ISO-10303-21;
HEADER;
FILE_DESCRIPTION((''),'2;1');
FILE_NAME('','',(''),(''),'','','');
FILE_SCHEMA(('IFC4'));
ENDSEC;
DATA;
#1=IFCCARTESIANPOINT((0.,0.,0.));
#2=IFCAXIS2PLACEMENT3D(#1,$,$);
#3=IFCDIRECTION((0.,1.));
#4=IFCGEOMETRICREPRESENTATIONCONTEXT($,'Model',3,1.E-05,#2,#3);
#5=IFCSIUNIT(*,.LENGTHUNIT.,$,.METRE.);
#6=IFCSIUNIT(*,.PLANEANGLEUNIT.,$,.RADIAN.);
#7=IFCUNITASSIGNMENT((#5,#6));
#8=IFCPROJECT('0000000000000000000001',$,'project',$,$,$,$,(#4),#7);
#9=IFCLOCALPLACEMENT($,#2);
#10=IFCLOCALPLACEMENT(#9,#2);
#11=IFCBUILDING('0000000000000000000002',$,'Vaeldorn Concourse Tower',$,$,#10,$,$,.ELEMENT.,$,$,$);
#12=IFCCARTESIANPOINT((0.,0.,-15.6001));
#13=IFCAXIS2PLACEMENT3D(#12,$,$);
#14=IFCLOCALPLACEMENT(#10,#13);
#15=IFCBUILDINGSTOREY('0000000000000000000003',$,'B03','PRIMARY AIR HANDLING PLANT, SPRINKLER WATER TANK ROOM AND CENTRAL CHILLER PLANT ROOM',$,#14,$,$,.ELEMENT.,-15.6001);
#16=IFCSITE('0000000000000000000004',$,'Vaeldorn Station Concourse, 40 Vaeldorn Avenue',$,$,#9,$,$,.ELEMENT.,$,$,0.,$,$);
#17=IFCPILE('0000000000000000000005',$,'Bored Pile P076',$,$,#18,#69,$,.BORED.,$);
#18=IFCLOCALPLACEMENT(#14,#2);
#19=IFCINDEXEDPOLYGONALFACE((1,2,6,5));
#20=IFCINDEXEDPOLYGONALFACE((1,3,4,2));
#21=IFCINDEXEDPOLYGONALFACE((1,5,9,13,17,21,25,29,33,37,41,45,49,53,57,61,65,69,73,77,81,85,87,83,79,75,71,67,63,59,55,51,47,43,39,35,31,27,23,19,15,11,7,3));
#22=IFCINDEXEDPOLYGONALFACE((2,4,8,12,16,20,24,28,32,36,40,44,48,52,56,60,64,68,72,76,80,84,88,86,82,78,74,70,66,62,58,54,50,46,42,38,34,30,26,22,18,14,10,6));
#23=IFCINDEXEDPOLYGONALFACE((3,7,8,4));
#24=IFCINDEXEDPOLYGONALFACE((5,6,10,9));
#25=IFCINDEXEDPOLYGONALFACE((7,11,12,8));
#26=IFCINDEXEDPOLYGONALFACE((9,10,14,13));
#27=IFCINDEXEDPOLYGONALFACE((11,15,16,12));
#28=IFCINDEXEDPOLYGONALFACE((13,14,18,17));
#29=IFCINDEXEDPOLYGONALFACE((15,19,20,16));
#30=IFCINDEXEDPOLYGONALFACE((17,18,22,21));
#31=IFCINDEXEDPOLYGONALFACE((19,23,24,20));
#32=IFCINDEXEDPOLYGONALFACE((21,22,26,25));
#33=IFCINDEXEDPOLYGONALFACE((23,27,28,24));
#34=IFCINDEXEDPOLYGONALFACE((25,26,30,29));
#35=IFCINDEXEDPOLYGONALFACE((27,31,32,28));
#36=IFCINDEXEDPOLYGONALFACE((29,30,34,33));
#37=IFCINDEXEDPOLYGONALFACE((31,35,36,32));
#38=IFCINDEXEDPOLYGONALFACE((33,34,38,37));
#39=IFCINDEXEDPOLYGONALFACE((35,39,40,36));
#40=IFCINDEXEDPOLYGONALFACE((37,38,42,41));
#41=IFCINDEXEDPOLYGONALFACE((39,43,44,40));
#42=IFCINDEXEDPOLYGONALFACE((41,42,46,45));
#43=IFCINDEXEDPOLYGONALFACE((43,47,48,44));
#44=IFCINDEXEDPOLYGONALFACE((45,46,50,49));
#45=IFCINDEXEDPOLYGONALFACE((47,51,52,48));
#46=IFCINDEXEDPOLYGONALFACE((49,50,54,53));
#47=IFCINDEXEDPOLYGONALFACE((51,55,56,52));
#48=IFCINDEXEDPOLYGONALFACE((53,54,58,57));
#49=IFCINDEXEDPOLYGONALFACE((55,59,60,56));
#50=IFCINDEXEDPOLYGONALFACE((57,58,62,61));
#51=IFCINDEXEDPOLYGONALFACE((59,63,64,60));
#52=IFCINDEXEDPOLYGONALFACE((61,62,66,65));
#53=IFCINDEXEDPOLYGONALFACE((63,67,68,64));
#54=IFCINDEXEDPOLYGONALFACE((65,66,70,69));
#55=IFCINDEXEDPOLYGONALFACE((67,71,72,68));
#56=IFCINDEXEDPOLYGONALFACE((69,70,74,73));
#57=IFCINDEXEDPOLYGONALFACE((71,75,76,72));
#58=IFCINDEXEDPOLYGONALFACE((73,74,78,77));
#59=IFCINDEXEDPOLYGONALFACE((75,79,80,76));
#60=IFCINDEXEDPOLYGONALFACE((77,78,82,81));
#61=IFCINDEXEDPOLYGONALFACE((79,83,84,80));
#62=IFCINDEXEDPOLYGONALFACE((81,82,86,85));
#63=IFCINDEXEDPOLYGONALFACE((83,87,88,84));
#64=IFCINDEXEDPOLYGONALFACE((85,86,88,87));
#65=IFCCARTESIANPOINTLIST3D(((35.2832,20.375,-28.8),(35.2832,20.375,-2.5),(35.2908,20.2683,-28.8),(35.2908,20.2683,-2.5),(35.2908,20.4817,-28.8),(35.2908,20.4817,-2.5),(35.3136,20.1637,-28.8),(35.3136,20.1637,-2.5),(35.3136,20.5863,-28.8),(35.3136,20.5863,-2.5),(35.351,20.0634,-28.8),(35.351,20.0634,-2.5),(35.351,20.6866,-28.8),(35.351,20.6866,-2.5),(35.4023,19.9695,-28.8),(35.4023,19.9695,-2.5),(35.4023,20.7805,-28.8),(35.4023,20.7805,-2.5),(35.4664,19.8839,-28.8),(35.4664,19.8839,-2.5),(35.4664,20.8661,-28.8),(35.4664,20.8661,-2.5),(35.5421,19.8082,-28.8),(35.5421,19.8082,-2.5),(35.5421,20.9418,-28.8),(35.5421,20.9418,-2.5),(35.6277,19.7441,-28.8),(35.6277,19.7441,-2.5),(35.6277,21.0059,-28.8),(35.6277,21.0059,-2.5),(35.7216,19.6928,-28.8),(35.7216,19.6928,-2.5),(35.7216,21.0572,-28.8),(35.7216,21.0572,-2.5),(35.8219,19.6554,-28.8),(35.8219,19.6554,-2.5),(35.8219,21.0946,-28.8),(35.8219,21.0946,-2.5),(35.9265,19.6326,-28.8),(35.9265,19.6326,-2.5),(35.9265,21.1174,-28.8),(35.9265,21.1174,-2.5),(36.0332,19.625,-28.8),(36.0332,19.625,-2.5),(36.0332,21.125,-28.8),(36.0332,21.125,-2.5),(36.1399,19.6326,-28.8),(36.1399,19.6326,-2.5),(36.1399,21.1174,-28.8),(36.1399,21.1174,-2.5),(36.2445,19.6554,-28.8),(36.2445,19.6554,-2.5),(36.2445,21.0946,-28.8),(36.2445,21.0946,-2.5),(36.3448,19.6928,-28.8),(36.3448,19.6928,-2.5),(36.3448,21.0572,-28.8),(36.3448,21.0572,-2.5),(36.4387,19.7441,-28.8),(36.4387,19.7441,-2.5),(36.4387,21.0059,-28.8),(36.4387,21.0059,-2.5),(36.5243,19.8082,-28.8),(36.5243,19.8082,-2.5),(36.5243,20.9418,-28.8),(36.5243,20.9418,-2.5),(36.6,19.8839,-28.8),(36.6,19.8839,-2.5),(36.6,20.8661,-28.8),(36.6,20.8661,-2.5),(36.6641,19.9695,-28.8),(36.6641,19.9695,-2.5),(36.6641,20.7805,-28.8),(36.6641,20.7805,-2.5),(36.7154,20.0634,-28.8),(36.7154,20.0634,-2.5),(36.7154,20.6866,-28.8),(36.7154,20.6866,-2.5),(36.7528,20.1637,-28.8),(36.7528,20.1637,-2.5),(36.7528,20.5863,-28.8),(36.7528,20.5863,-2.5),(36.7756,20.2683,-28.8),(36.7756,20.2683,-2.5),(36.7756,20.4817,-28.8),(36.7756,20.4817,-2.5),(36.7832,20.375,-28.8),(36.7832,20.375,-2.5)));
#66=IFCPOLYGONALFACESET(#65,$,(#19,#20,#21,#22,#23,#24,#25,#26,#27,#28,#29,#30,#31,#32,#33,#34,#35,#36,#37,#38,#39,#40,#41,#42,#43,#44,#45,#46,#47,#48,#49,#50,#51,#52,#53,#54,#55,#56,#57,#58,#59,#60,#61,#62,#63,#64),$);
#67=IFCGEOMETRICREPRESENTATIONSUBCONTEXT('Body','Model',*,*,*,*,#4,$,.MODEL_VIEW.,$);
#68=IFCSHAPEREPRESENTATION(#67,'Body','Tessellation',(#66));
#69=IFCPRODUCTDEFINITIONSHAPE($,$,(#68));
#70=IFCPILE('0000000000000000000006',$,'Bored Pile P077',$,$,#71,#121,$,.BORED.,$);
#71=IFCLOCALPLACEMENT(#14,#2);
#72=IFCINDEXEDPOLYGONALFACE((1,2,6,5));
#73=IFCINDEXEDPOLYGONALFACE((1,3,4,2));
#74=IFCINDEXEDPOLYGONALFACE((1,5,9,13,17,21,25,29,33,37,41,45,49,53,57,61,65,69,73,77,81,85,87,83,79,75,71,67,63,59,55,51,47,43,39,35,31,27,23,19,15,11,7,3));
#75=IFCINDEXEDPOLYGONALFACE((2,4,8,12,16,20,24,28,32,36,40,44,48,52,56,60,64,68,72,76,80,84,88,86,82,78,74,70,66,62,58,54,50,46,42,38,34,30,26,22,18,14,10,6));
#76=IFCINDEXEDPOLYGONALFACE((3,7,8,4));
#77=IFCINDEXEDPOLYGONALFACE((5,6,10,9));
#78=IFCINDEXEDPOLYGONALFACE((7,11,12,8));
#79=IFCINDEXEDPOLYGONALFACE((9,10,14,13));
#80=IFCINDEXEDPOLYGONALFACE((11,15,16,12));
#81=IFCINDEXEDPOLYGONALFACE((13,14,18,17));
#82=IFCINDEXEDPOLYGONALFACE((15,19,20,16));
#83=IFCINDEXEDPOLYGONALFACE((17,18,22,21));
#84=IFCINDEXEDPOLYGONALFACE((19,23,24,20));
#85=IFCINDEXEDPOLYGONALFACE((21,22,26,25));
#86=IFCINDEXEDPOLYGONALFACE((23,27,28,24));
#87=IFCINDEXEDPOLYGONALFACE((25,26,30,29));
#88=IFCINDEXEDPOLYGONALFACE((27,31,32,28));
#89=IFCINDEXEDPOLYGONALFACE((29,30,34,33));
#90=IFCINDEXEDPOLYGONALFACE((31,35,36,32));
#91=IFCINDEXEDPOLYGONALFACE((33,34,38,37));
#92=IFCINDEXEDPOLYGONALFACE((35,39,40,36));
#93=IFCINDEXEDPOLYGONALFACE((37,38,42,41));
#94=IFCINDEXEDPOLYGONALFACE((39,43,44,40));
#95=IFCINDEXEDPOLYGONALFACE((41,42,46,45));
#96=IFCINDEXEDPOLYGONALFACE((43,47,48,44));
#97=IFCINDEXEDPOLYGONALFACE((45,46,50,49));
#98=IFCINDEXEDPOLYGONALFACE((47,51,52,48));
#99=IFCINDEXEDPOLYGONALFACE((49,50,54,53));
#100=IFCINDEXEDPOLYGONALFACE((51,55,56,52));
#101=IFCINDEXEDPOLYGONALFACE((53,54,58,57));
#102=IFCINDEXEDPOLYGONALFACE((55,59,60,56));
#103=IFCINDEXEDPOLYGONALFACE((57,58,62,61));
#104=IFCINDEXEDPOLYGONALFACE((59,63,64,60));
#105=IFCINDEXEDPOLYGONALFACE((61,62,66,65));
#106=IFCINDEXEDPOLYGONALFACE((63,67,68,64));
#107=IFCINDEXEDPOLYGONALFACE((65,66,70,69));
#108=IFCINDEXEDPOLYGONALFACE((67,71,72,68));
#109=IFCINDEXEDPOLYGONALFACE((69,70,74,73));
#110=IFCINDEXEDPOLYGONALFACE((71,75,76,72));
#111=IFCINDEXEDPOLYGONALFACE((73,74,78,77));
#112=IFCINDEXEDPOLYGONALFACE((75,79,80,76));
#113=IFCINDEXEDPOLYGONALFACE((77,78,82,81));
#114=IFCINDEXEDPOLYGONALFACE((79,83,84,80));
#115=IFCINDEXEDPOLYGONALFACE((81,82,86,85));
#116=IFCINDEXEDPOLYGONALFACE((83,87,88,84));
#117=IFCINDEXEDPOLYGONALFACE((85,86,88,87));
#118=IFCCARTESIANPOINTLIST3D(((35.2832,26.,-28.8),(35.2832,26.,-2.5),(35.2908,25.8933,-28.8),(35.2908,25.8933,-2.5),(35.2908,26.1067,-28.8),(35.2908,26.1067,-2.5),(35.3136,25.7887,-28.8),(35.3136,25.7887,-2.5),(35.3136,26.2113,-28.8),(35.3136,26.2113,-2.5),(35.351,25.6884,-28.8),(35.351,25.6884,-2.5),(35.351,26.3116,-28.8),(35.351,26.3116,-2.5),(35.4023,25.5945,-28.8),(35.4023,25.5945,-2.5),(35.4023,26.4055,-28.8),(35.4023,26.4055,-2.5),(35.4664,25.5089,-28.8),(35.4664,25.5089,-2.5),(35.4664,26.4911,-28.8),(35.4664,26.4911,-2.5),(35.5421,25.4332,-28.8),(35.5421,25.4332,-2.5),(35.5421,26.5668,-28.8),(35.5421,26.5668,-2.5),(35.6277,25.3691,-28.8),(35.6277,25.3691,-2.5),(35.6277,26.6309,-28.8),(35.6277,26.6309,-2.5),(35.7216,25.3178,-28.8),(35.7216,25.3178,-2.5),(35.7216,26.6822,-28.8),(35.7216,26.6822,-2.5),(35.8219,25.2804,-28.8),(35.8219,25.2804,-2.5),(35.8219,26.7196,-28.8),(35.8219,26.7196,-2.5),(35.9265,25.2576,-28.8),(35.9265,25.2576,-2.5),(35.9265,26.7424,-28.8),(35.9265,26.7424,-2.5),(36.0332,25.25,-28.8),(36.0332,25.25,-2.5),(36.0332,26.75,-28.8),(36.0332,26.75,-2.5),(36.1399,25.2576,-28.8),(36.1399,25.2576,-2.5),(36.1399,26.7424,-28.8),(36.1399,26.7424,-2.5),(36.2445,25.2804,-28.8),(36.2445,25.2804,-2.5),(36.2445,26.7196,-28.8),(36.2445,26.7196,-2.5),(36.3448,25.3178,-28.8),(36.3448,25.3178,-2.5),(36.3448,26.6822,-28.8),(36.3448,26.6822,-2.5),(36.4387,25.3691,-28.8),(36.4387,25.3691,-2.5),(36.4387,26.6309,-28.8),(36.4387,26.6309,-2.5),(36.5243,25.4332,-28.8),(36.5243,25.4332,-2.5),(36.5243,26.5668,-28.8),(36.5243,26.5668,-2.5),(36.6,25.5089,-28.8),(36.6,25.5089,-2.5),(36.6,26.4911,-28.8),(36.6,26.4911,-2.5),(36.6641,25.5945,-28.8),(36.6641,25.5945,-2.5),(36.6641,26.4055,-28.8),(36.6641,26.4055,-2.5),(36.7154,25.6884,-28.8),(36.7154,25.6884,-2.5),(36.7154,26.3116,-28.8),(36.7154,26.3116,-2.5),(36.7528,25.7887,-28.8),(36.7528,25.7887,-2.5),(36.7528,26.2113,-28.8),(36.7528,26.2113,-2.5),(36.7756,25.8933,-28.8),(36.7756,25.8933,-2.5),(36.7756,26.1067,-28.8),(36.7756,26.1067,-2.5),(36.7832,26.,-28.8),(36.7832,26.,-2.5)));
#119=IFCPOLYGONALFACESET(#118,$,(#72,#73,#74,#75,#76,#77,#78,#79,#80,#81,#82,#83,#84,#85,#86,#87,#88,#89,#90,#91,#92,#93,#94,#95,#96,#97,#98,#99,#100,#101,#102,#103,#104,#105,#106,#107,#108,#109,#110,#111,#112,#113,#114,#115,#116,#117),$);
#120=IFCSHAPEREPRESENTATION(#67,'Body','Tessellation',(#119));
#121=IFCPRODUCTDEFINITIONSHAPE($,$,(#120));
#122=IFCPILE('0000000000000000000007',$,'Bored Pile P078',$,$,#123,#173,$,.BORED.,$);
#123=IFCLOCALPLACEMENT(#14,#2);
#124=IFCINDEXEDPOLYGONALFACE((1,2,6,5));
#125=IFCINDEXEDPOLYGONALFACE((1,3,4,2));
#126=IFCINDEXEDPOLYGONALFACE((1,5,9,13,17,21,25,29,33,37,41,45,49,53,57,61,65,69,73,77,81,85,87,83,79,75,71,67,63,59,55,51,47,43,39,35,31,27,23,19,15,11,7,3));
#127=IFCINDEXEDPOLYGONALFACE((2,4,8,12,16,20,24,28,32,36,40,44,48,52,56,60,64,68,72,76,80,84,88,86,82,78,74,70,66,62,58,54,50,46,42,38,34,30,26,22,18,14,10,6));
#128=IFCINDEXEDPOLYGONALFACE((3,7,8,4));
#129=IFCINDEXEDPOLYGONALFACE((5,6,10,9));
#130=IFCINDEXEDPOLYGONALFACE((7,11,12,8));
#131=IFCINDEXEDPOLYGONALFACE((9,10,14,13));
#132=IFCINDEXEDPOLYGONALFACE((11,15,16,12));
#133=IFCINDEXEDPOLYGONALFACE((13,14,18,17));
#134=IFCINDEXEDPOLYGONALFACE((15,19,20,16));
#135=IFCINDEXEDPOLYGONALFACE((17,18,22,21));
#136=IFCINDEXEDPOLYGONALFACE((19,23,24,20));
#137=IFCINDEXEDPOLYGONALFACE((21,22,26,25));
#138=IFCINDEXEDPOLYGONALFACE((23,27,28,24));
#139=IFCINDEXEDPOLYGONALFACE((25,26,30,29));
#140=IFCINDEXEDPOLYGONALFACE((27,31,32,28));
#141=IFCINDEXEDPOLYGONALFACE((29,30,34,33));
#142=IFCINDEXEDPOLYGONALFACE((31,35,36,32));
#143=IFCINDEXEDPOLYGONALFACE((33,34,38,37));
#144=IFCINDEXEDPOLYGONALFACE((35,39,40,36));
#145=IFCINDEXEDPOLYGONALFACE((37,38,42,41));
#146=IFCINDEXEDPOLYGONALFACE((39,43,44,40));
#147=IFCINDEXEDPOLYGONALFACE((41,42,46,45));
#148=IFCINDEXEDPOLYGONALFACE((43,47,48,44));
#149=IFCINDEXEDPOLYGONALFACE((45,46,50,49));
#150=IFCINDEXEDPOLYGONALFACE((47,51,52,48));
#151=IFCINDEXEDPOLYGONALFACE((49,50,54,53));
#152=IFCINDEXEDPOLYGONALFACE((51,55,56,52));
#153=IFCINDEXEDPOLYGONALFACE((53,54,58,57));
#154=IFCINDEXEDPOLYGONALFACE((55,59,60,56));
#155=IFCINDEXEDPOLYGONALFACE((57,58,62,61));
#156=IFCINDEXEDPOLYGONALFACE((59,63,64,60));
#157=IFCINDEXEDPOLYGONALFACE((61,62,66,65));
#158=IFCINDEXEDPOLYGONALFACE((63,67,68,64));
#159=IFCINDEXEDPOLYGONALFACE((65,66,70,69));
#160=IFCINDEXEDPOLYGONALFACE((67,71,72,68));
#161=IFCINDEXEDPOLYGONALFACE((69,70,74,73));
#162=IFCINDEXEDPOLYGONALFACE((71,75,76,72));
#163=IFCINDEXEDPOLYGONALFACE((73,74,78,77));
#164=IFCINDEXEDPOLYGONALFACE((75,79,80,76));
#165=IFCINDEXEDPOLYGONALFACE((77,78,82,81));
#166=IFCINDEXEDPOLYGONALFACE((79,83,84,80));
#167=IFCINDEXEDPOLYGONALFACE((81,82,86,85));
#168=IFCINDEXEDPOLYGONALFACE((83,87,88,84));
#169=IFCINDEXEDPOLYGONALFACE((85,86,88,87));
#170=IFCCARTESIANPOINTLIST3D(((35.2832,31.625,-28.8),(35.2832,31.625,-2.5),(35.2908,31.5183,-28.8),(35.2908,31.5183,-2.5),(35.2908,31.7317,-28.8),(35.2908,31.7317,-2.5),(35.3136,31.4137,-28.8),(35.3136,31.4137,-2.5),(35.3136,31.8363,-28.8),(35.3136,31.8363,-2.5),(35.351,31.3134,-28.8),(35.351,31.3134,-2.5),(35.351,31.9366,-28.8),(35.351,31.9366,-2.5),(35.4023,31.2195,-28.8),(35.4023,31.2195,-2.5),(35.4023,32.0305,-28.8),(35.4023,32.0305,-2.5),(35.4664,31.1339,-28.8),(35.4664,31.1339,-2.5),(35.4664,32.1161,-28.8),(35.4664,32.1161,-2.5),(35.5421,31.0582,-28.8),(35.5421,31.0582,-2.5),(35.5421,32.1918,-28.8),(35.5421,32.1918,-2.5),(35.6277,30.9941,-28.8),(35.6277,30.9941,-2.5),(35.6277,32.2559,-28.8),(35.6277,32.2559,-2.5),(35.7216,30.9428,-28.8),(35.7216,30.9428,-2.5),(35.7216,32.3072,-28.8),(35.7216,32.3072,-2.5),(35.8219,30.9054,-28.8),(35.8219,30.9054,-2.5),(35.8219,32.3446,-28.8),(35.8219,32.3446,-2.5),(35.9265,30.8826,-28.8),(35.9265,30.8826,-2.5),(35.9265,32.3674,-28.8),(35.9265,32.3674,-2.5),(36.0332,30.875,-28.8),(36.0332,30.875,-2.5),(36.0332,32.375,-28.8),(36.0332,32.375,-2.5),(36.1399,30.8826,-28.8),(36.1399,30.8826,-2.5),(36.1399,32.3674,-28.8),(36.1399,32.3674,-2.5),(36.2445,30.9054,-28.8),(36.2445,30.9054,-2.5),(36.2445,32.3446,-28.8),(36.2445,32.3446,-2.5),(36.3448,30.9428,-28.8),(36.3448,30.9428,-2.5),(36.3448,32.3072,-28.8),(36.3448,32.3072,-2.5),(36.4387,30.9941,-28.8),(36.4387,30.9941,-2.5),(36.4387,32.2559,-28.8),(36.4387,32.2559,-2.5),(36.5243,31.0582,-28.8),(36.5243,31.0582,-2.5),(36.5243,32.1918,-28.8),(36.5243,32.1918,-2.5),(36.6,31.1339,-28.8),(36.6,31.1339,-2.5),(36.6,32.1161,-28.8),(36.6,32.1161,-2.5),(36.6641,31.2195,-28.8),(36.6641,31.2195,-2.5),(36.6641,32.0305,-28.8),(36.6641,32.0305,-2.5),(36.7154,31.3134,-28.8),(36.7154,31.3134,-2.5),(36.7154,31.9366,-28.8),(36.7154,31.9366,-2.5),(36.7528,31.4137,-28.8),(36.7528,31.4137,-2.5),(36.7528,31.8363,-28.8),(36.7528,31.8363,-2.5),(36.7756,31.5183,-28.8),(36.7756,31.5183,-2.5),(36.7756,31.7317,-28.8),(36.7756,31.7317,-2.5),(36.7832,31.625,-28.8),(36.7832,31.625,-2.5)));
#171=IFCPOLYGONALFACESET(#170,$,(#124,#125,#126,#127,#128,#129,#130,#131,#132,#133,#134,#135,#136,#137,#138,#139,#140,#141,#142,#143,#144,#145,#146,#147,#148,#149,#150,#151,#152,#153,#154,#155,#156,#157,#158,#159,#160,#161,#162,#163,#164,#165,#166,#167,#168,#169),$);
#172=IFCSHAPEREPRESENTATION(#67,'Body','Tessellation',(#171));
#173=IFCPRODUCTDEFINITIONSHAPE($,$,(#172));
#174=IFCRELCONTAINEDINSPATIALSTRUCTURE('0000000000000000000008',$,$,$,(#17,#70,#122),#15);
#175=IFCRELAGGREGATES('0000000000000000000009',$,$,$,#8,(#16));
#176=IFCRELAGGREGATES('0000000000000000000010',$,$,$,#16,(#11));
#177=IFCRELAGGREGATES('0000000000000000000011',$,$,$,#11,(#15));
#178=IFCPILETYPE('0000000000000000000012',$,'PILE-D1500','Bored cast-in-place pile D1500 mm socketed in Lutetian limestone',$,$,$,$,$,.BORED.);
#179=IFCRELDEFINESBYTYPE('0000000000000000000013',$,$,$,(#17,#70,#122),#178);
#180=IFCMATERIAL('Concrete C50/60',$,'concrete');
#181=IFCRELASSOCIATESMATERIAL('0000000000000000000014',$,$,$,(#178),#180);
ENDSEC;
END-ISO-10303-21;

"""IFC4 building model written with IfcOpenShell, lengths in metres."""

from ifc_helpers import new_model, si_unit, direction, frame, origin, origin_2d, place, context, subcontext, project, spatial, circle, extrude, material, material_profile, profile_set, type_object, element, save


model = new_model("IFC4")

# Units and contexts
model_context = context("Model", 3, precision=1e-05, world=origin(), true_north=direction((0.0, 1.0)))
body_context = subcontext(model_context, "Body", "Model", "MODEL_VIEW")
ifc_project = project(units=[si_unit("LENGTHUNIT", "METRE"), si_unit("PLANEANGLEUNIT", "RADIAN")], contexts=[model_context])

# Site, building, storey
site_placement = place(None, origin())
site = spatial("IfcSite", under=ifc_project, at=site_placement, Name="Vaeldorn Station Concourse, 40 Vaeldorn Avenue", CompositionType="ELEMENT", RefElevation=0.0)
building_placement = place(site_placement, origin())
building = spatial("IfcBuilding", under=site, at=building_placement, Name="Vaeldorn Concourse Tower", CompositionType="ELEMENT")
storey_placement = place(building_placement, frame((0.0, 0.0, -15.6001)))
storey = spatial("IfcBuildingStorey", under=building, at=storey_placement, Name="B03", Description="PRIMARY AIR HANDLING PLANT, SPRINKLER WATER TANK ROOM AND CENTRAL CHILLER PLANT ROOM", CompositionType="ELEMENT", Elevation=-15.6001)

# Piles
ifc_material_1 = material(Name="Concrete C50/60", Category="concrete")
ifc_material_profile_1 = material_profile(ifc_material_1, circle(Radius=0.75, at=origin_2d()), Name="BORED PILE D1500")
ifc_profile_set_1 = profile_set([ifc_material_profile_1], Name="Concrete C50/60")
pile_type = type_object("IfcPileType", Name="PILE-D1500", Description="Bored cast-in-place pile D1500 mm socketed in Lutetian limestone", PredefinedType="BORED", material=ifc_profile_set_1)
for number, where, z_axis, x_axis, name in (
    (1, (36.0332, 20.375, -2.5), (0.0, 0.0, -1.0), (1.0, 0.0, 0.0), "Bored Pile P076"),
    (2, (36.0332, 26.0, -2.5), (0.0, 0.0, -1.0), (1.0, 0.0, 0.0), "Bored Pile P077"),
    (3, (36.0332, 31.625, -2.5), (0.0, 0.0, -1.0), (1.0, 0.0, 0.0), "Bored Pile P078"),
):
    element("IfcPile", number, at=place(storey_placement, frame(where, z_axis=z_axis, x_axis=x_axis)), inside=storey, type_object=pile_type, Name=name, PredefinedType="BORED", context=body_context, shape_type="SweptSolid", body=[
        extrude(circle(Radius=0.75, at=origin_2d()), origin(), (0.0, 0.0, 1.0), 26.3),
    ])

save(model, "model.ifc")
